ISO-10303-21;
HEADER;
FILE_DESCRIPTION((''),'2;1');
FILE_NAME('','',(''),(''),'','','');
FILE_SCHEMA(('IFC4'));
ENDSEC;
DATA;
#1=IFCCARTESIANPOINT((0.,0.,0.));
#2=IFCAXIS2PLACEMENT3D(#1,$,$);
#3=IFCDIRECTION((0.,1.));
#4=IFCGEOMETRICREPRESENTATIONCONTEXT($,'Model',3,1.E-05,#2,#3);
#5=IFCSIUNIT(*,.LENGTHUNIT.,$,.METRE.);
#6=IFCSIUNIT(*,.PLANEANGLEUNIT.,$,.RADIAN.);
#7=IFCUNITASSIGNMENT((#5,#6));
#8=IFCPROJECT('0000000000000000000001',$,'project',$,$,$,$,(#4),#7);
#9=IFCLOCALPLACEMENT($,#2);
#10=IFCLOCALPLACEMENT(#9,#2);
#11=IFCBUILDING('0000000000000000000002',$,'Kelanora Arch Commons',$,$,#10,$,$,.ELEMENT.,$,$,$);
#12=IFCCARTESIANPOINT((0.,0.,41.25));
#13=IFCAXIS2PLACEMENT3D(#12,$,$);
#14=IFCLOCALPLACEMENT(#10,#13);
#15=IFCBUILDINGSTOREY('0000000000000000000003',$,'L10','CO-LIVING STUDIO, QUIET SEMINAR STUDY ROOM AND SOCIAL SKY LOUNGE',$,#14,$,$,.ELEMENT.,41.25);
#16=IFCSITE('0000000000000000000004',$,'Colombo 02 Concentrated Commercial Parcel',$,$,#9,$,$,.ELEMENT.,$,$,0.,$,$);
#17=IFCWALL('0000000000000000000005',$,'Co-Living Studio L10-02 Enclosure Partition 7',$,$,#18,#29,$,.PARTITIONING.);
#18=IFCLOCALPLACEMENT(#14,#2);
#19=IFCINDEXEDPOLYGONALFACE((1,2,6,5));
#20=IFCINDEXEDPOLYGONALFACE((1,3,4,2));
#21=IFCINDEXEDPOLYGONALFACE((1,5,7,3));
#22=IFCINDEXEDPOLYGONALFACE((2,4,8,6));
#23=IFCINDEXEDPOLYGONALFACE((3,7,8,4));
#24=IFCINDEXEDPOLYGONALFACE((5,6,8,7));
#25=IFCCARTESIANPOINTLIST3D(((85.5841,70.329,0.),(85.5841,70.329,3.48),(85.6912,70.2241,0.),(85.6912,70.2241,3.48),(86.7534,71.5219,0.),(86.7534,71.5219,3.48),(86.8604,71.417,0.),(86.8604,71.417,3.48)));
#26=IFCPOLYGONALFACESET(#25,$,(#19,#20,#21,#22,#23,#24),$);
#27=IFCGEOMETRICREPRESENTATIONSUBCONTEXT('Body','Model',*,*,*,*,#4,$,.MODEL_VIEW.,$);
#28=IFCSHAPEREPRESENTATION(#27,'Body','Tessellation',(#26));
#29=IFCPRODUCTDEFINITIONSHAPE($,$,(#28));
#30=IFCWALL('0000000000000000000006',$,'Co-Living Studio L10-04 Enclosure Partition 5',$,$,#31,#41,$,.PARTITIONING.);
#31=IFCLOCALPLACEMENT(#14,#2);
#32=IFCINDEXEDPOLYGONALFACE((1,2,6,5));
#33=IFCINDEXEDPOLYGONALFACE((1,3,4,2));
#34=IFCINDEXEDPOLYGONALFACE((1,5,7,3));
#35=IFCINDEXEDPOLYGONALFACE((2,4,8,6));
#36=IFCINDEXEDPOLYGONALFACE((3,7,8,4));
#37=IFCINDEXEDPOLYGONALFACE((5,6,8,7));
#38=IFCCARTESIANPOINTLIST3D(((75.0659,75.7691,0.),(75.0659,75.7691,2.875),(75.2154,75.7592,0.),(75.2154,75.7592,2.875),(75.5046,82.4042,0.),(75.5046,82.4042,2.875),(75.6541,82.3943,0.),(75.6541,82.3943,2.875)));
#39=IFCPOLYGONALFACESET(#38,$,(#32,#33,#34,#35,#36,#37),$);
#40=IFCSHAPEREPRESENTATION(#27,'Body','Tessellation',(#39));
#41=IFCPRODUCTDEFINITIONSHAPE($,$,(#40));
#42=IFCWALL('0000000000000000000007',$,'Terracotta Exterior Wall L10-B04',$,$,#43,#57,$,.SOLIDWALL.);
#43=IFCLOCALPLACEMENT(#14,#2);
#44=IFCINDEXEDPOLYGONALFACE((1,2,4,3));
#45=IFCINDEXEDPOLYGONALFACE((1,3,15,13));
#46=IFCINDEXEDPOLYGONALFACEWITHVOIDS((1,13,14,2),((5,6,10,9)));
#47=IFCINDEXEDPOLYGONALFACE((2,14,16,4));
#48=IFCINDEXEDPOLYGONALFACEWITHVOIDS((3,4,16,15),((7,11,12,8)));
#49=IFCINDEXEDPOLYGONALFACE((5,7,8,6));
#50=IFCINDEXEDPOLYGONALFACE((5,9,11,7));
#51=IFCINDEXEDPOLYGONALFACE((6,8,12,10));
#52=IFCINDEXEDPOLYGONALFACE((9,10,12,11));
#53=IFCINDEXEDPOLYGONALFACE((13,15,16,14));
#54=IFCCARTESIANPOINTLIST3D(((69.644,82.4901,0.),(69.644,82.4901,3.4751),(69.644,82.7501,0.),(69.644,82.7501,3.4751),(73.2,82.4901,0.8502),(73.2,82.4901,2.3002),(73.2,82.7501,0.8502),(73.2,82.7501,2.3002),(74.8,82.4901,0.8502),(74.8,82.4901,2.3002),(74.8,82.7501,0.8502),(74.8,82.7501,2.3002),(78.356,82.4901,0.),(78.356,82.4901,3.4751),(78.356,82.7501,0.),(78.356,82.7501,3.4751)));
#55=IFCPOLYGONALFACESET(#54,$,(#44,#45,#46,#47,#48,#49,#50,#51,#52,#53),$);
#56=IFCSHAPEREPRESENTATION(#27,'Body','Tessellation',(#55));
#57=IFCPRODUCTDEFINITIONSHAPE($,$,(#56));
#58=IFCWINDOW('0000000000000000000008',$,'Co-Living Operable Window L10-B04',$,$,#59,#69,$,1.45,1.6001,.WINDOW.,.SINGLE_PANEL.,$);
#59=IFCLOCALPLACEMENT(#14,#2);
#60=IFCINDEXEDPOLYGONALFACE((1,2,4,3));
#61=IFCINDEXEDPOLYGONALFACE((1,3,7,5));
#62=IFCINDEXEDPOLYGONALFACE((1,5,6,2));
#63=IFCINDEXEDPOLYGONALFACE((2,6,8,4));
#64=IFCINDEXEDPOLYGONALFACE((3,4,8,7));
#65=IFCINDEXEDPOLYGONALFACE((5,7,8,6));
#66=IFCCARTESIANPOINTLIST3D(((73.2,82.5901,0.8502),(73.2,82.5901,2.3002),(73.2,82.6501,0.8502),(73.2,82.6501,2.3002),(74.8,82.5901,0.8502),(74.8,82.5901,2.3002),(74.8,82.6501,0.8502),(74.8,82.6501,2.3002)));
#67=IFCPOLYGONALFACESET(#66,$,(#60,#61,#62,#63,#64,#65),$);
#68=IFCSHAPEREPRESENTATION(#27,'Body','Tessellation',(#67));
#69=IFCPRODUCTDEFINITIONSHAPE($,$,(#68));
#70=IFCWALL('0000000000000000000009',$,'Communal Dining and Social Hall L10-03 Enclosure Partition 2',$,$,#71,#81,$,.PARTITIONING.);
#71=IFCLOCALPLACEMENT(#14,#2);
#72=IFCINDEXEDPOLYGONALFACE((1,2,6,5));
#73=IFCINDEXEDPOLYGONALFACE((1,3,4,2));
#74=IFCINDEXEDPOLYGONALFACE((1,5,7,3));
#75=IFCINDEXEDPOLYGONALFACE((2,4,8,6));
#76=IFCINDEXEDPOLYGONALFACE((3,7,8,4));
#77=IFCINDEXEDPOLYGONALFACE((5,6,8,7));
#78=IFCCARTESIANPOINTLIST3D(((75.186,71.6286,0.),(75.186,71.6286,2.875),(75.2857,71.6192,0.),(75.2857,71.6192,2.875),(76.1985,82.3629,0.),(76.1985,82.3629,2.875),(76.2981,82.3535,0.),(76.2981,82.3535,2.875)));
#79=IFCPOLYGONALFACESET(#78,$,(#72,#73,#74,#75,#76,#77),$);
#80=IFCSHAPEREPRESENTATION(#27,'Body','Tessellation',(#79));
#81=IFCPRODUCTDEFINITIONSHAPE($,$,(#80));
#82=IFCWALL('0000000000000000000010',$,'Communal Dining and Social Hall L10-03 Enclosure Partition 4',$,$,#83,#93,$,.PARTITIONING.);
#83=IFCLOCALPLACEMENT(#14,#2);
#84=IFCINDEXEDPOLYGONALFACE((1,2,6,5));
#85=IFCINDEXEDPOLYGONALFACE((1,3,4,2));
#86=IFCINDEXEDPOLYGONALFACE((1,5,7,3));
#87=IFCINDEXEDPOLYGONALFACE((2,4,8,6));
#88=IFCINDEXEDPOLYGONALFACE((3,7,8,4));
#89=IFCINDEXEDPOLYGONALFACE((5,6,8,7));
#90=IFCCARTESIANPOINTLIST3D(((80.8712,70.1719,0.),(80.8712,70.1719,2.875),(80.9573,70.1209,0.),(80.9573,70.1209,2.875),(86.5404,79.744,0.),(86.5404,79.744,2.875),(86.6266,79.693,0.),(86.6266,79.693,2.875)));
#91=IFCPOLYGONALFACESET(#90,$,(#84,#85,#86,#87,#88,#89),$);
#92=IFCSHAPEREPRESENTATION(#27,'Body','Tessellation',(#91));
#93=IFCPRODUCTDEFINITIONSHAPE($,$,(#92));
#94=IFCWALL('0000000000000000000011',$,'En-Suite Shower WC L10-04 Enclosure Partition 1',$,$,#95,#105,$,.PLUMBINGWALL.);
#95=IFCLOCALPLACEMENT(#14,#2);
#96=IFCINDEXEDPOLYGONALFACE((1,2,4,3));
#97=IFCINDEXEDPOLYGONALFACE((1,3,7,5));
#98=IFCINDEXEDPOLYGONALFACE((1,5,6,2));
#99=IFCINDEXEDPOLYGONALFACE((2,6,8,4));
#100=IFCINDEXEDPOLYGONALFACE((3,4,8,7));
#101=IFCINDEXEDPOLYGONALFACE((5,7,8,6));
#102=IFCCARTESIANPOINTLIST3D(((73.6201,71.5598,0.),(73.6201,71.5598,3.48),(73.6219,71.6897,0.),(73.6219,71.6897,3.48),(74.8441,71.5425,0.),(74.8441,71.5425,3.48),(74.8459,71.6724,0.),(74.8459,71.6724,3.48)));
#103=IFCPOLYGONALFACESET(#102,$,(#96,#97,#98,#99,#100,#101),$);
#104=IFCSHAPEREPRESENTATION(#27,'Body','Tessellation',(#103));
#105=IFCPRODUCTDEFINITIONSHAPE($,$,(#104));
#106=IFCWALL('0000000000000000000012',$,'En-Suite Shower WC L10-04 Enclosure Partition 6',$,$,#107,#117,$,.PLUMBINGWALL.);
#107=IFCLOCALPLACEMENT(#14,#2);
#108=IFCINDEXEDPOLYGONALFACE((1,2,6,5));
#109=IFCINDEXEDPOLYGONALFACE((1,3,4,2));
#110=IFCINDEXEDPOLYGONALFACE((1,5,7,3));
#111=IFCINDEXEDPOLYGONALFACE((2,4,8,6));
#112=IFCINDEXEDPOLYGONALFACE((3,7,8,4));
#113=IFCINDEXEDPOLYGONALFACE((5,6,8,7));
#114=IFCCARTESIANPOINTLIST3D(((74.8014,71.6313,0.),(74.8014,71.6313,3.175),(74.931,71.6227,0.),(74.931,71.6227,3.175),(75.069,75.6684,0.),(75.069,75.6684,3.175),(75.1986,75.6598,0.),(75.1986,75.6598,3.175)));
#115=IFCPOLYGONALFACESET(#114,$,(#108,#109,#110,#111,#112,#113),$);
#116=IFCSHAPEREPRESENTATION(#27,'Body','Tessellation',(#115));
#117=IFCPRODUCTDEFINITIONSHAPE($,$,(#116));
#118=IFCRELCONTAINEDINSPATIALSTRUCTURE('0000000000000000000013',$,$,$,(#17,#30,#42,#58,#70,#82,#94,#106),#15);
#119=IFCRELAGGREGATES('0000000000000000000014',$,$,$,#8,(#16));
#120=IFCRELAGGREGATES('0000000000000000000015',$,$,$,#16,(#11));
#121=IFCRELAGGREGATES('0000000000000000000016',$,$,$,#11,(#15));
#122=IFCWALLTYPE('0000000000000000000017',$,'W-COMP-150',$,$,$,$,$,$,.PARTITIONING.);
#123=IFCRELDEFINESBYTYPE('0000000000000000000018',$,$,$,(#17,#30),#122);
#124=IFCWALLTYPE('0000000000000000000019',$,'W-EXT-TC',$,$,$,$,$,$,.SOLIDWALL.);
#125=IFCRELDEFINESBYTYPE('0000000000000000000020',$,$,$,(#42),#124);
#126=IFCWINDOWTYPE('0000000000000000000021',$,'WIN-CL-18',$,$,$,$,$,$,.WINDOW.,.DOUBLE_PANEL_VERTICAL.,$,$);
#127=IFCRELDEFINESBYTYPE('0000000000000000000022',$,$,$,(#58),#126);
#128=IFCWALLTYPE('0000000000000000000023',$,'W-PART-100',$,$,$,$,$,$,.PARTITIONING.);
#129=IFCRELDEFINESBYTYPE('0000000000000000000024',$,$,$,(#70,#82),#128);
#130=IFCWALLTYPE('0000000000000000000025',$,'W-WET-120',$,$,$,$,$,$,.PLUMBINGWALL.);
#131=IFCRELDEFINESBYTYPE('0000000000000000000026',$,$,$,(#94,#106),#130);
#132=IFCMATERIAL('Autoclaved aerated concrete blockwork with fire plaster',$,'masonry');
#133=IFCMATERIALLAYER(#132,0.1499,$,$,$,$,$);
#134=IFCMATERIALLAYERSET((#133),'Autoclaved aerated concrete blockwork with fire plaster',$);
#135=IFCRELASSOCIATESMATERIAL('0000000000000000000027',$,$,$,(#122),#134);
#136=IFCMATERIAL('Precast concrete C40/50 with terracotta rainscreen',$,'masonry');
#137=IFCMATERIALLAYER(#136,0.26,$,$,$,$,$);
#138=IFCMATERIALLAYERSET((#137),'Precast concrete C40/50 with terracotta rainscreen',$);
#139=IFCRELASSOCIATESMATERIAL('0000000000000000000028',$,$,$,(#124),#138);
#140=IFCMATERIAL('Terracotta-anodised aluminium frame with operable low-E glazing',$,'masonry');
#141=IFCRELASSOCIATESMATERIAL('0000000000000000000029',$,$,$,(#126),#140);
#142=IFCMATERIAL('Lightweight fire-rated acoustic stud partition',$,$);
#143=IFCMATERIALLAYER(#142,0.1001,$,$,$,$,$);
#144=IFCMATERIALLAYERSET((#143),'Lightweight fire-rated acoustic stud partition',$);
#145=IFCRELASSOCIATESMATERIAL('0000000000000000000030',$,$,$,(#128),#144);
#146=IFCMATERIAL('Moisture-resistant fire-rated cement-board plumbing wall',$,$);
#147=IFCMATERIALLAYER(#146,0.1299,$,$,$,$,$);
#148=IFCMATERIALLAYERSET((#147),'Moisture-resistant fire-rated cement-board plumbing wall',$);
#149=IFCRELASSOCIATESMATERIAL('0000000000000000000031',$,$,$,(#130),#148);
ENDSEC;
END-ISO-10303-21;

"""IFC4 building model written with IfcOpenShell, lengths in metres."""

from ifc_helpers import new_model, si_unit, direction, frame, frame_2d, origin, place, context, subcontext, project, spatial, rectangle, extrude, material, layer, layer_set, type_object, element, fill, save


model = new_model("IFC4")

# Units and contexts
model_context = context("Model", 3, precision=1e-05, world=origin(), true_north=direction((0.0, 1.0)))
body_context = subcontext(model_context, "Body", "Model", "MODEL_VIEW")
ifc_project = project(units=[si_unit("LENGTHUNIT", "METRE"), si_unit("PLANEANGLEUNIT", "RADIAN")], contexts=[model_context])

# Site, building, storey
site_placement = place(None, origin())
site = spatial("IfcSite", under=ifc_project, at=site_placement, Name="Colombo 02 Concentrated Commercial Parcel", CompositionType="ELEMENT", RefElevation=0.0)
building_placement = place(site_placement, origin())
building = spatial("IfcBuilding", under=site, at=building_placement, Name="Kelanora Arch Commons", CompositionType="ELEMENT")
storey_placement = place(building_placement, frame((0.0, 0.0, 41.25)))
storey = spatial("IfcBuildingStorey", under=building, at=storey_placement, Name="L10", Description="CO-LIVING STUDIO, QUIET SEMINAR STUDY ROOM AND SOCIAL SKY LOUNGE", CompositionType="ELEMENT", Elevation=41.25)

# Walls
ifc_material_1 = material(Name="Autoclaved aerated concrete blockwork with fire plaster", Category="masonry")
ifc_layer_1 = layer(ifc_material_1, 0.1499)
ifc_layer_set_1 = layer_set([ifc_layer_1], Name="Autoclaved aerated concrete blockwork with fire plaster")
wall_type_1 = type_object("IfcWallType", Name="W-COMP-150", PredefinedType="PARTITIONING", material=ifc_layer_set_1)
wall_1_placement = place(storey_placement, frame((86.8069, 71.4695, 0.0), z_axis=(0.0, 0.0, 1.0), x_axis=(-0.699982, -0.71416, 0.0)))
element("IfcWall", 1, at=wall_1_placement, inside=storey, type_object=wall_type_1, Name="Co-Living Studio L10-02 Enclosure Partition 7", PredefinedType="PARTITIONING", context=body_context, shape_type="SweptSolid", body=[
    extrude(rectangle(XDim=1.6704, YDim=0.1499, at=frame_2d((0.8352, 0.0))), origin(), (0.0, 0.0, 1.0), 3.48),
])
wall_2_placement = place(storey_placement, frame((75.5793, 82.3992, 0.0), z_axis=(0.0, 0.0, 1.0), x_axis=(-0.065976, -0.997821, 0.0)))
element("IfcWall", 2, at=wall_2_placement, inside=storey, type_object=wall_type_1, Name="Co-Living Studio L10-04 Enclosure Partition 5", PredefinedType="PARTITIONING", context=body_context, shape_type="SweptSolid", body=[
    extrude(rectangle(XDim=6.6497, YDim=0.1499, at=frame_2d((3.3247, 0.0))), origin(), (0.0, 0.0, 1.0), 2.875),
])

# Wall, opening, window
ifc_material_2 = material(Name="Precast concrete C40/50 with terracotta rainscreen", Category="masonry")
ifc_layer_2 = layer(ifc_material_2, 0.26)
ifc_layer_set_2 = layer_set([ifc_layer_2], Name="Precast concrete C40/50 with terracotta rainscreen")
wall_type_2 = type_object("IfcWallType", Name="W-EXT-TC", PredefinedType="SOLIDWALL", material=ifc_layer_set_2)
wall_3_placement = place(storey_placement, frame((78.356, 82.6201, 0.0), z_axis=(0.0, 0.0, 1.0), x_axis=(-1.0, 0.0, 0.0)))
wall_3 = element("IfcWall", 3, at=wall_3_placement, inside=storey, type_object=wall_type_2, Name="Terracotta Exterior Wall L10-B04", PredefinedType="SOLIDWALL", context=body_context, shape_type="SweptSolid", body=[
    extrude(rectangle(XDim=8.7119, YDim=0.26, at=frame_2d((4.356, 0.0))), origin(), (0.0, 0.0, 1.0), 3.4751),
])
opening_placement = place(wall_3_placement, frame((3.5559, 0.0, 0.8501)))
opening = element("IfcOpeningElement", 4, at=opening_placement, cuts=wall_3, PredefinedType="OPENING", context=body_context, shape_type="SweptSolid", body=[
    extrude(rectangle(XDim=1.6001, YDim=1.45, at=frame_2d((0.8, 0.7251))), frame((0.0, 0.1401, 0.0), z_axis=(0.0, -1.0, 0.0), x_axis=(1.0, 0.0, 0.0)), (0.0, 0.0, 1.0), 0.28),
])
ifc_material_3 = material(Name="Terracotta-anodised aluminium frame with operable low-E glazing", Category="masonry")
window_type = type_object("IfcWindowType", Name="WIN-CL-18", PartitioningType="DOUBLE_PANEL_VERTICAL", PredefinedType="WINDOW", material=ifc_material_3)
window_placement = place(opening_placement, origin())
window = element("IfcWindow", 5, at=window_placement, inside=storey, type_object=window_type, Name="Co-Living Operable Window L10-B04", OverallHeight=1.45, OverallWidth=1.6001, PartitioningType="SINGLE_PANEL", PredefinedType="WINDOW", context=body_context, shape_type="SweptSolid", body=[
    extrude(rectangle(XDim=1.6001, YDim=1.45, at=frame_2d((0.8, 0.7251))), frame((0.0, 0.03, 0.0), z_axis=(0.0, -1.0, 0.0), x_axis=(1.0, 0.0, 0.0)), (0.0, 0.0, 1.0), 0.0601),
])
fill(opening, window)

# Walls
ifc_material_4 = material(Name="Lightweight fire-rated acoustic stud partition")
ifc_layer_3 = layer(ifc_material_4, 0.1001)
ifc_layer_set_3 = layer_set([ifc_layer_3], Name="Lightweight fire-rated acoustic stud partition")
wall_type_3 = type_object("IfcWallType", Name="W-PART-100", PredefinedType="PARTITIONING", material=ifc_layer_set_3)
wall_4_placement = place(storey_placement, frame((75.2358, 71.6238, 0.0), z_axis=(0.0, 0.0, 1.0), x_axis=(0.093902, 0.995581, 0.0)))
element("IfcWall", 6, at=wall_4_placement, inside=storey, type_object=wall_type_3, Name="Communal Dining and Social Hall L10-03 Enclosure Partition 2", PredefinedType="PARTITIONING", context=body_context, shape_type="SweptSolid", body=[
    extrude(rectangle(XDim=10.782, YDim=0.1001, at=frame_2d((5.3911, 0.0))), origin(), (0.0, 0.0, 1.0), 2.875),
])
wall_5_placement = place(storey_placement, frame((86.5835, 79.7185, 0.0), z_axis=(0.0, 0.0, 1.0), x_axis=(-0.509595, -0.860414, 0.0)))
element("IfcWall", 7, at=wall_5_placement, inside=storey, type_object=wall_type_3, Name="Communal Dining and Social Hall L10-03 Enclosure Partition 4", PredefinedType="PARTITIONING", context=body_context, shape_type="SweptSolid", body=[
    extrude(rectangle(XDim=11.125, YDim=0.1001, at=frame_2d((5.5625, 0.0))), origin(), (0.0, 0.0, 1.0), 2.875),
])
ifc_material_5 = material(Name="Moisture-resistant fire-rated cement-board plumbing wall")
ifc_layer_4 = layer(ifc_material_5, 0.1299)
ifc_layer_set_4 = layer_set([ifc_layer_4], Name="Moisture-resistant fire-rated cement-board plumbing wall")
wall_type_4 = type_object("IfcWallType", Name="W-WET-120", PredefinedType="PLUMBINGWALL", material=ifc_layer_set_4)
wall_6_placement = place(storey_placement, frame((74.845, 71.6074, 0.0), z_axis=(0.0, 0.0, 1.0), x_axis=(-0.9999, 0.014162, 0.0)))
element("IfcWall", 8, at=wall_6_placement, inside=storey, type_object=wall_type_4, Name="En-Suite Shower WC L10-04 Enclosure Partition 1", PredefinedType="PLUMBINGWALL", context=body_context, shape_type="SweptSolid", body=[
    extrude(rectangle(XDim=1.2241, YDim=0.1299, at=frame_2d((0.6121, 0.0))), origin(), (0.0, 0.0, 1.0), 3.48),
])
wall_7_placement = place(storey_placement, frame((75.1338, 75.6641, 0.0), z_axis=(0.0, 0.0, 1.0), x_axis=(-0.066135, -0.997811, 0.0)))
element("IfcWall", 9, at=wall_7_placement, inside=storey, type_object=wall_type_4, Name="En-Suite Shower WC L10-04 Enclosure Partition 6", PredefinedType="PLUMBINGWALL", context=body_context, shape_type="SweptSolid", body=[
    extrude(rectangle(XDim=4.0459, YDim=0.1299, at=frame_2d((2.0229, 0.0))), origin(), (0.0, 0.0, 1.0), 3.175),
])

save(model, "model.ifc")
